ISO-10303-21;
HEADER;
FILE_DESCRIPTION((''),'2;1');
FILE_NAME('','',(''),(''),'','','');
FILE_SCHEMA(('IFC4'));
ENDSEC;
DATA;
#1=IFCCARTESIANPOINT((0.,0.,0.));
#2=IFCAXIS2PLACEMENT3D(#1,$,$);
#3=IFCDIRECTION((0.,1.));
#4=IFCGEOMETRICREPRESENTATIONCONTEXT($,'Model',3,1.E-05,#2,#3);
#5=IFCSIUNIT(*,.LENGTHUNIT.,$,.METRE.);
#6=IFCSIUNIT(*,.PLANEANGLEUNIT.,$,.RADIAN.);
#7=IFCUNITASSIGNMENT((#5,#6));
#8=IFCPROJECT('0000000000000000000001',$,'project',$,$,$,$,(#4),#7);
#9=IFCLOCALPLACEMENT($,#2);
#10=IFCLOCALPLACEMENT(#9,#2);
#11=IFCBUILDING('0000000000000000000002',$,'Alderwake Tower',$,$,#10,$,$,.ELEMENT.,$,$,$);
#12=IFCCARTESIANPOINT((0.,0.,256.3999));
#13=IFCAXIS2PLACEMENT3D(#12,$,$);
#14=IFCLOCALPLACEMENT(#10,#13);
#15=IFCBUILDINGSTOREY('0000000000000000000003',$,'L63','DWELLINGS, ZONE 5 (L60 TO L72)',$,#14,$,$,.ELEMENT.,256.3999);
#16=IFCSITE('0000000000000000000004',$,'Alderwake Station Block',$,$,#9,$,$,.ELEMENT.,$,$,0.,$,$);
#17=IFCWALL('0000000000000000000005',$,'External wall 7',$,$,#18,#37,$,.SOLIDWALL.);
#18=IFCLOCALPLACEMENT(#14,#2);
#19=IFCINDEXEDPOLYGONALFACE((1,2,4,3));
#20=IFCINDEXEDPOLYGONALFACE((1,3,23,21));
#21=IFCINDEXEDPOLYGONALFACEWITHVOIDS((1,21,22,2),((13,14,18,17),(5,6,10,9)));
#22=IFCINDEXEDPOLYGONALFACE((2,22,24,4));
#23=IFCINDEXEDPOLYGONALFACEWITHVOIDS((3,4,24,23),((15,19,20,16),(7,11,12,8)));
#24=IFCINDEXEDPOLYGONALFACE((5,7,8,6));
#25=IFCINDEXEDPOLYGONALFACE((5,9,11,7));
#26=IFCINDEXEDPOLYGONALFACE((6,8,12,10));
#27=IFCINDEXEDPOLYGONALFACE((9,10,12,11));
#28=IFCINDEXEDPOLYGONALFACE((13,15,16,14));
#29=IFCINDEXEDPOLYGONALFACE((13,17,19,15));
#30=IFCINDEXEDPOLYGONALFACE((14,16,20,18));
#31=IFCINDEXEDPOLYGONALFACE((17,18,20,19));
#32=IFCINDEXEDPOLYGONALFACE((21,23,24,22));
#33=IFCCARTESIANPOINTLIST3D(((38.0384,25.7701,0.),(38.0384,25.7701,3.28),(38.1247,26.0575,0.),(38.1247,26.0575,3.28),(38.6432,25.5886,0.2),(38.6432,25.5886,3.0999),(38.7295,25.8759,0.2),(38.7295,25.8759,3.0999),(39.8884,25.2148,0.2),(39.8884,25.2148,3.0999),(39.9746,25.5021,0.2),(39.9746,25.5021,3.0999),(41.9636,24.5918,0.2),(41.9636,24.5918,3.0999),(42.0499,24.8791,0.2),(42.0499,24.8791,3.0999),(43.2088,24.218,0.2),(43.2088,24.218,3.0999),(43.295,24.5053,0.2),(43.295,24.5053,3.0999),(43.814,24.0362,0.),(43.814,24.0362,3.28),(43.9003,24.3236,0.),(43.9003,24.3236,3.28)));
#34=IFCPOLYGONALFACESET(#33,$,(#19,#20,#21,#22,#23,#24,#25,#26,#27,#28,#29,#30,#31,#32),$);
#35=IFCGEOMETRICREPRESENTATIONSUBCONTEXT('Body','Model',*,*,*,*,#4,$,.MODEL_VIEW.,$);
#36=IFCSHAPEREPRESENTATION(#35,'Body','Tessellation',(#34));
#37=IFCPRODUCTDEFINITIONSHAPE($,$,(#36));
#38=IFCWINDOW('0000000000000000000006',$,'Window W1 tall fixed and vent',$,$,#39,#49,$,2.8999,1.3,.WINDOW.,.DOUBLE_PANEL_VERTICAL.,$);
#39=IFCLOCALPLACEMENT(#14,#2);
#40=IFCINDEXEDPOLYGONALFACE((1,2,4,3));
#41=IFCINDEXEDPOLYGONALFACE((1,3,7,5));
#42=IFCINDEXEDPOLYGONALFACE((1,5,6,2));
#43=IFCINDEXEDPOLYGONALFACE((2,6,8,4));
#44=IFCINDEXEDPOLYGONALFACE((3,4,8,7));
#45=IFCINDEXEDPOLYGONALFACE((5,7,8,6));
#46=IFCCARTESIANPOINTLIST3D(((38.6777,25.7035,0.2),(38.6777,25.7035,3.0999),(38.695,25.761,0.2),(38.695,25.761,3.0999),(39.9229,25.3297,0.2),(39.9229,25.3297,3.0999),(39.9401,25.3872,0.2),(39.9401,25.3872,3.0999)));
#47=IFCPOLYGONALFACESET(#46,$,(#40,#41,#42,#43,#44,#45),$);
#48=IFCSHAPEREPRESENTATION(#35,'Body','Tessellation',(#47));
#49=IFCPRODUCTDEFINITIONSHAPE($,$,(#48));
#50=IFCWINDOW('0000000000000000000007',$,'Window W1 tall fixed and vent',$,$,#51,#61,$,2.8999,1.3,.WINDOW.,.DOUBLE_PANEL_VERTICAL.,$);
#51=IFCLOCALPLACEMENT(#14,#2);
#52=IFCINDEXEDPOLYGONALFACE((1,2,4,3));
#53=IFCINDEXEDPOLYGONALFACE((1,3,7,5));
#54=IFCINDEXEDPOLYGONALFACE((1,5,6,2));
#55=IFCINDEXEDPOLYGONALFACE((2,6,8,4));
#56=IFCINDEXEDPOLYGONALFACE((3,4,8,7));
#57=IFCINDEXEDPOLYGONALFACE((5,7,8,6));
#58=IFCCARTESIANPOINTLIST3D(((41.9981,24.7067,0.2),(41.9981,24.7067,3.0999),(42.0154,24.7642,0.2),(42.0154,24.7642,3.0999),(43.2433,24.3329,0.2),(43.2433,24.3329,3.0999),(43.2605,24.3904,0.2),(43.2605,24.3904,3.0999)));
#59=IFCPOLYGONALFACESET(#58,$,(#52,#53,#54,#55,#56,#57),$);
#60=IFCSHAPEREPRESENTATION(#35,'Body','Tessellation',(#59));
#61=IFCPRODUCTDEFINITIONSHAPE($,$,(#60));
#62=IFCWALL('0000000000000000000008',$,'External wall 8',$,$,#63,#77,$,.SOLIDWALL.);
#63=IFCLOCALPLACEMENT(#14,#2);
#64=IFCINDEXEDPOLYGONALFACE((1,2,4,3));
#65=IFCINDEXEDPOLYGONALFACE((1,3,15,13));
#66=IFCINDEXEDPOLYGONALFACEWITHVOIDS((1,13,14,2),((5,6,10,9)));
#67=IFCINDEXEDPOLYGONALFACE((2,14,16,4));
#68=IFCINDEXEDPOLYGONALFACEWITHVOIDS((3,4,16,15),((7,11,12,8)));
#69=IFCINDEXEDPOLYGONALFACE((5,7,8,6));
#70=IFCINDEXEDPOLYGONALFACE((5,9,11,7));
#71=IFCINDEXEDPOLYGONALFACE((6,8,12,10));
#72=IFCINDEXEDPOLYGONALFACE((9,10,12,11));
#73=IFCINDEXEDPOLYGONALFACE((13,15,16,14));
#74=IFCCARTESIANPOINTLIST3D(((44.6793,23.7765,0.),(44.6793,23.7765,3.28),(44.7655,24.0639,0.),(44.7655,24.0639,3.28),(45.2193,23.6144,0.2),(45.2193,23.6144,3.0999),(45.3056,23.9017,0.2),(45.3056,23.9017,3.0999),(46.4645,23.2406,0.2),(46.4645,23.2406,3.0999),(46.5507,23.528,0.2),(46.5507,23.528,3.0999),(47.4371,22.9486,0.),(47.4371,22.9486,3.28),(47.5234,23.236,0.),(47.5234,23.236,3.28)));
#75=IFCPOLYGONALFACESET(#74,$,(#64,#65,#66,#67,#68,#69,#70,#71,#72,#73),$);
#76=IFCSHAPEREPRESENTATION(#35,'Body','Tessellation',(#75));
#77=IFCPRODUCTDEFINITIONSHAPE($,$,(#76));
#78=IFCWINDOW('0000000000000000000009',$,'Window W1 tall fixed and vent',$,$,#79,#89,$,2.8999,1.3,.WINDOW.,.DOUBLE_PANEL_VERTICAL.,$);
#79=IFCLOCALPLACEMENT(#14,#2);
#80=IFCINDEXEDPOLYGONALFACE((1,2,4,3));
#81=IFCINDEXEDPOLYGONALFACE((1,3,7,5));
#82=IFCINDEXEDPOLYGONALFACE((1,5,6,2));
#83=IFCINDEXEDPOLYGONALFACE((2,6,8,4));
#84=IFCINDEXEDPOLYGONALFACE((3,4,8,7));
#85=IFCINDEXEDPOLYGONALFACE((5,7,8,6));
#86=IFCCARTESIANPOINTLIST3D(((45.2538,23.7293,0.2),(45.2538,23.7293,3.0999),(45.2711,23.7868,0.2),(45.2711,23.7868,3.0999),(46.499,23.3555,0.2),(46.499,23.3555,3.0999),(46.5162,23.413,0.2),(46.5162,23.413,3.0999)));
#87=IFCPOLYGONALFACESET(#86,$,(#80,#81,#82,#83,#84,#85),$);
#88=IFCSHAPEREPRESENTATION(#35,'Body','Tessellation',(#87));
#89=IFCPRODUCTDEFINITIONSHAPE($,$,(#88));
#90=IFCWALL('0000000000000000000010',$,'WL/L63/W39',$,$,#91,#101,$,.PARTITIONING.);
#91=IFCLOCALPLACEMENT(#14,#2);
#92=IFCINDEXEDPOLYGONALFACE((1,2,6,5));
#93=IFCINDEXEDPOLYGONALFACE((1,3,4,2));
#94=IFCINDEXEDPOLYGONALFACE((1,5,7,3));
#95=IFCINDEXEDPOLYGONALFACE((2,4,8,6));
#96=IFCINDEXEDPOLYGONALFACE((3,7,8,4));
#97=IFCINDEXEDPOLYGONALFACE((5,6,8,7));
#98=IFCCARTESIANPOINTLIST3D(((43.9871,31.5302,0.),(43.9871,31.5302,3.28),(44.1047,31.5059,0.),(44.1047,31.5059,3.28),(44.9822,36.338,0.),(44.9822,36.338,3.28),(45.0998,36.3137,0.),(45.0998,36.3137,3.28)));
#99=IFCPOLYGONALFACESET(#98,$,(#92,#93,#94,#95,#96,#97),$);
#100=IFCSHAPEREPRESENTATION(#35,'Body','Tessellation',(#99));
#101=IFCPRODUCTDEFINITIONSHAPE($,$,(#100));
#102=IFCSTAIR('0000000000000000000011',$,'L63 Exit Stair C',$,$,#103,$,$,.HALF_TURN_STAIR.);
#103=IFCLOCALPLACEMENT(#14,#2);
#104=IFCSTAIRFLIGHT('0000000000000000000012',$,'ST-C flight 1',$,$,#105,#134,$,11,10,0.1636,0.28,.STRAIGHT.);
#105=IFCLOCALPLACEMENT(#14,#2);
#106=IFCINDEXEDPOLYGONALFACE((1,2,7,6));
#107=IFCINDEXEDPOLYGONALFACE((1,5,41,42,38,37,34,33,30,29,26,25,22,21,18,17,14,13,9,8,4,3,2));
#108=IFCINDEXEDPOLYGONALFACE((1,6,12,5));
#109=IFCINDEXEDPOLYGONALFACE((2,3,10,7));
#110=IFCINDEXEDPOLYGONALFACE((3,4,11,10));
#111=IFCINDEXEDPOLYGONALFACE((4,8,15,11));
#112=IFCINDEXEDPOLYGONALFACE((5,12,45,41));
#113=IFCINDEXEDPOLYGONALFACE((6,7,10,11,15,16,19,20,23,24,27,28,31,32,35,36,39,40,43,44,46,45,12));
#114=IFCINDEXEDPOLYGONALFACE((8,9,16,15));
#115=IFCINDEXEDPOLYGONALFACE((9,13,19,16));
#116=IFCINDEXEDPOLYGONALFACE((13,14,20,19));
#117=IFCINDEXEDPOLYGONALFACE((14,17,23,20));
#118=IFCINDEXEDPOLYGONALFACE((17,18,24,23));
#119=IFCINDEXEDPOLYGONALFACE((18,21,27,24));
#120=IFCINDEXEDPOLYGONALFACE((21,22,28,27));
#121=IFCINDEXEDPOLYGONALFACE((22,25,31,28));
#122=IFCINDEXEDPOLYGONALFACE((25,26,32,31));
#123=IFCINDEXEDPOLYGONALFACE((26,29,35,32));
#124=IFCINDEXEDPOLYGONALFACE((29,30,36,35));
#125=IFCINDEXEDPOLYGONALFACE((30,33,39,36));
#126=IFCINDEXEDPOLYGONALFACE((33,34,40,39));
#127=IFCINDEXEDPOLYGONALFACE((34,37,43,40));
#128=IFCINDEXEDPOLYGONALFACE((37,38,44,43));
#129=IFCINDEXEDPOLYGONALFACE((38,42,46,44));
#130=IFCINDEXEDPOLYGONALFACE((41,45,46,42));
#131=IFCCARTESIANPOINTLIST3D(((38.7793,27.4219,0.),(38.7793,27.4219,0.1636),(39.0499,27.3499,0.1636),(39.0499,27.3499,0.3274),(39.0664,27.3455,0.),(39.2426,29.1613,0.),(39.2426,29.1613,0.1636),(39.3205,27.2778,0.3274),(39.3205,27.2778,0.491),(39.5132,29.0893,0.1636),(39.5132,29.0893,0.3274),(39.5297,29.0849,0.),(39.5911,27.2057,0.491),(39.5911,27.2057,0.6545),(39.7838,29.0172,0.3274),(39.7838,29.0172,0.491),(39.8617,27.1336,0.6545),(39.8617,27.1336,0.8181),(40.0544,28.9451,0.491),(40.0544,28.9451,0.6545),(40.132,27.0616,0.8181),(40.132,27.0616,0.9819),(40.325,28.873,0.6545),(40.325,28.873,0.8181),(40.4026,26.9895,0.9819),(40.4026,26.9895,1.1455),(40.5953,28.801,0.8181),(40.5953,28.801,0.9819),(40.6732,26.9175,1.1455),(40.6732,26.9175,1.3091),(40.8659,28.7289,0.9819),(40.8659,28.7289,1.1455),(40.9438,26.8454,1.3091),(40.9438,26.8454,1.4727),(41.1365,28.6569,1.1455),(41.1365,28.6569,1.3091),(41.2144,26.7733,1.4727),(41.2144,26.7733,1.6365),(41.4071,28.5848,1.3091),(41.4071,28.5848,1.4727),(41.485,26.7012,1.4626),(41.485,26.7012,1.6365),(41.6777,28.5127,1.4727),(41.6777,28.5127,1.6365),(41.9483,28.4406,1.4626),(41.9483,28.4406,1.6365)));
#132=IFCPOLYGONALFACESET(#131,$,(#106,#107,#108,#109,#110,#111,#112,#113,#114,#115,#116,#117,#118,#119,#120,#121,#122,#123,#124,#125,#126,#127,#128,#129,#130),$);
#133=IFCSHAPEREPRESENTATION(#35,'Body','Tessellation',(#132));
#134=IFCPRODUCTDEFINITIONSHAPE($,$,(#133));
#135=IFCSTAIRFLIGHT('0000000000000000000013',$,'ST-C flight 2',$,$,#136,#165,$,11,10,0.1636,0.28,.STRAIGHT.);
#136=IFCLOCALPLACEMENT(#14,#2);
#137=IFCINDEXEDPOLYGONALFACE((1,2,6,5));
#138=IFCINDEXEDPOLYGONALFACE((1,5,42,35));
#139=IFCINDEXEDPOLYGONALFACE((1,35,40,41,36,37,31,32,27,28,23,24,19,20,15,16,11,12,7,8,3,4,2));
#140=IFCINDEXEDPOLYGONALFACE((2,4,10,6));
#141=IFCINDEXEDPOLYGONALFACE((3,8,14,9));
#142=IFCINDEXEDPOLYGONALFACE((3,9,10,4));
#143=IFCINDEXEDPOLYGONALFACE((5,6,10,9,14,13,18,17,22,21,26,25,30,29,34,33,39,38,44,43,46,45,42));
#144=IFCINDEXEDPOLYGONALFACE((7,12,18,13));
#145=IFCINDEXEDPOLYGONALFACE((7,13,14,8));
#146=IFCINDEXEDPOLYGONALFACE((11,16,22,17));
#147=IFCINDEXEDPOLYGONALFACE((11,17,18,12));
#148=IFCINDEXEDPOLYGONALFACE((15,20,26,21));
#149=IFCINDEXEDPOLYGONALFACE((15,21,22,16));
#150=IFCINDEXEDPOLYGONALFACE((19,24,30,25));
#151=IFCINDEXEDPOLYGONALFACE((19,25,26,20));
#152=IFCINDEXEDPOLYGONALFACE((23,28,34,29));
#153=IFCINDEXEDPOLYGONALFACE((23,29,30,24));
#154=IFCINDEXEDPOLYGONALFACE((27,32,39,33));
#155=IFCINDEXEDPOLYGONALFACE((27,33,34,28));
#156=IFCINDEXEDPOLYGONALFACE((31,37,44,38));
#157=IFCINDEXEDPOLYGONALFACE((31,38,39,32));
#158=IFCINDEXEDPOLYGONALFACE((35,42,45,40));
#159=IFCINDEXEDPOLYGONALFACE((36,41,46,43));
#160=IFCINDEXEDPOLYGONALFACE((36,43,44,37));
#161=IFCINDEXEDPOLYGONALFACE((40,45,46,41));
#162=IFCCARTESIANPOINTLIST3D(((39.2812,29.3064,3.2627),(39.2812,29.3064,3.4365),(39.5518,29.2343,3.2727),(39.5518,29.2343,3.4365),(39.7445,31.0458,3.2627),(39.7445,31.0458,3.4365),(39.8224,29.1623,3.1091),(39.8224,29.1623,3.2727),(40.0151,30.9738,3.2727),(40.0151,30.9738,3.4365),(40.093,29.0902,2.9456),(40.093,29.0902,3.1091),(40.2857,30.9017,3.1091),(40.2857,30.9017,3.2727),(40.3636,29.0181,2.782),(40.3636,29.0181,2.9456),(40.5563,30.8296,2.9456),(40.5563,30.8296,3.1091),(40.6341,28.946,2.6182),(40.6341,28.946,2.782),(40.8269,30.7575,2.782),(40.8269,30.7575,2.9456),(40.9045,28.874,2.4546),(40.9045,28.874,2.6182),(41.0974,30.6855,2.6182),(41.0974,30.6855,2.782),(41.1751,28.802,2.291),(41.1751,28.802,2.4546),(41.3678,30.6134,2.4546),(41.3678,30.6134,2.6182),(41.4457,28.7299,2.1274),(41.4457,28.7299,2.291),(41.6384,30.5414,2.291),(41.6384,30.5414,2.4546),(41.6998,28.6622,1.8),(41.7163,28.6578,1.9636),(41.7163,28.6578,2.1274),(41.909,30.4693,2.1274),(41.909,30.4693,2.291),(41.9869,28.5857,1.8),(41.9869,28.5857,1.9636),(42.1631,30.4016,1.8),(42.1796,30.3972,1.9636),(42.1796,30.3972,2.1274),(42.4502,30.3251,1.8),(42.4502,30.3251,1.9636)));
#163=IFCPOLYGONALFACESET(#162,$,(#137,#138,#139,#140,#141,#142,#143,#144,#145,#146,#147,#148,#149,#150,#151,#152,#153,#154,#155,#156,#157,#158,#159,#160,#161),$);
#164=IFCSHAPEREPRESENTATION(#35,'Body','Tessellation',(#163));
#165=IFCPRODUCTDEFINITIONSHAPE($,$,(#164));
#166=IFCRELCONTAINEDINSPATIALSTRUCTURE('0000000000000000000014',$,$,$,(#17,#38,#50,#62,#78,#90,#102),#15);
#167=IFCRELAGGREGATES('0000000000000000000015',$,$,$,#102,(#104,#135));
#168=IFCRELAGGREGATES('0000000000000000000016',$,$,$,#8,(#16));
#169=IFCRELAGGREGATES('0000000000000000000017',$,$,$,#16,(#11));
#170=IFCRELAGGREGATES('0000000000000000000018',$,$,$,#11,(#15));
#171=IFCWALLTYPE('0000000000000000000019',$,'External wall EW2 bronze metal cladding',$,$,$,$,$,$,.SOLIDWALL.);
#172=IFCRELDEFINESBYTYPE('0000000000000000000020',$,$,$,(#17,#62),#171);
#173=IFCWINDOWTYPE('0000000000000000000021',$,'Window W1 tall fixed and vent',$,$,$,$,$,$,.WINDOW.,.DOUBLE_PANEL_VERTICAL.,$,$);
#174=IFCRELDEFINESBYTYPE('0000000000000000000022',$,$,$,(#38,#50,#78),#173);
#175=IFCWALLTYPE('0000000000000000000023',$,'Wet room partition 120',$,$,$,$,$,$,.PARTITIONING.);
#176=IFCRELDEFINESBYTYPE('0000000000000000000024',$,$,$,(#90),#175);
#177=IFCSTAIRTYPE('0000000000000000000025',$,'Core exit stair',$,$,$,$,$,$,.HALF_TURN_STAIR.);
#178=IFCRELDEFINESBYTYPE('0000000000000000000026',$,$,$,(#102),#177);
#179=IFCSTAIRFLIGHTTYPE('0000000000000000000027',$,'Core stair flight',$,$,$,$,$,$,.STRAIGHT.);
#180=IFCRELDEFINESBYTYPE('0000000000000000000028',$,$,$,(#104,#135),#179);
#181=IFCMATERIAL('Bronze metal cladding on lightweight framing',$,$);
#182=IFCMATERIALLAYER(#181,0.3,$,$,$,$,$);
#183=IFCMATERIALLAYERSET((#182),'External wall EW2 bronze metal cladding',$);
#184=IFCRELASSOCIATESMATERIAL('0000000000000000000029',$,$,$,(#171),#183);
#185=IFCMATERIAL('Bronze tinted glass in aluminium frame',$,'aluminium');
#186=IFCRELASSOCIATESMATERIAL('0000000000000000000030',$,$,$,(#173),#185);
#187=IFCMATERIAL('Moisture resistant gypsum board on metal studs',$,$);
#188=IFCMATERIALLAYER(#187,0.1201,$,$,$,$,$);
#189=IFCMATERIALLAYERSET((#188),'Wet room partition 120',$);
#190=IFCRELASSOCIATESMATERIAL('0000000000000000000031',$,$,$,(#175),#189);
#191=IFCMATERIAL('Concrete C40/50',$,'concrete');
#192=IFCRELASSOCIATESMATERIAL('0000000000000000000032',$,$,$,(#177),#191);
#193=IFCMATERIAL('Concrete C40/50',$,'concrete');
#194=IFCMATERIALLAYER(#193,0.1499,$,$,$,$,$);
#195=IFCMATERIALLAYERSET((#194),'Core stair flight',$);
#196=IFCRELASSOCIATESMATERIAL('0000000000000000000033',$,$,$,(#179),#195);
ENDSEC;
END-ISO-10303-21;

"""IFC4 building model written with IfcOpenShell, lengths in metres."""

from ifc_helpers import new_model, si_unit, direction, frame, frame_2d, origin, place, context, subcontext, project, spatial, polyline, rectangle, outline, extrude, material, layer, layer_set, type_object, element, fill, aggregate, save


model = new_model("IFC4")

# Units and contexts
model_context = context("Model", 3, precision=1e-05, world=origin(), true_north=direction((0.0, 1.0)))
body_context = subcontext(model_context, "Body", "Model", "MODEL_VIEW")
ifc_project = project(units=[si_unit("LENGTHUNIT", "METRE"), si_unit("PLANEANGLEUNIT", "RADIAN")], contexts=[model_context])

# Site, building, storey
site_placement = place(None, origin())
site = spatial("IfcSite", under=ifc_project, at=site_placement, Name="Alderwake Station Block", CompositionType="ELEMENT", RefElevation=0.0)
building_placement = place(site_placement, origin())
building = spatial("IfcBuilding", under=site, at=building_placement, Name="Alderwake Tower", CompositionType="ELEMENT")
storey_placement = place(building_placement, frame((0.0, 0.0, 256.3999)))
storey = spatial("IfcBuildingStorey", under=building, at=storey_placement, Name="L63", Description="DWELLINGS, ZONE 5 (L60 TO L72)", CompositionType="ELEMENT", Elevation=256.3999)

# Wall, openings, windows
ifc_material_1 = material(Name="Bronze metal cladding on lightweight framing")
ifc_layer_1 = layer(ifc_material_1, 0.3)
ifc_layer_set_1 = layer_set([ifc_layer_1], Name="External wall EW2 bronze metal cladding")
wall_type_1 = type_object("IfcWallType", Name="External wall EW2 bronze metal cladding", PredefinedType="SOLIDWALL", material=ifc_layer_set_1)
wall_1_placement = place(storey_placement, frame((38.0815, 25.9138, 0.0), z_axis=(0.0, 0.0, 1.0), x_axis=(0.957772, -0.28753, 0.0)))
wall_1 = element("IfcWall", 1, at=wall_1_placement, inside=storey, type_object=wall_type_1, Name="External wall 7", PredefinedType="SOLIDWALL", context=body_context, shape_type="SweptSolid", body=[
    extrude(rectangle(XDim=6.0303, YDim=0.3, at=frame_2d((3.0151, 0.0))), origin(), (0.0, 0.0, 1.0), 3.28),
])
opening_1_placement = place(wall_1_placement, frame((0.6316, 0.0, 0.2)))
opening_1 = element("IfcOpeningElement", 2, at=opening_1_placement, cuts=wall_1, PredefinedType="OPENING", context=body_context, shape_type="SweptSolid", body=[
    extrude(rectangle(XDim=1.3, YDim=2.8999, at=frame_2d((0.6499, 1.45))), frame((0.0, 0.1599, 0.0), z_axis=(0.0, -1.0, 0.0), x_axis=(1.0, 0.0, 0.0)), (0.0, 0.0, 1.0), 0.3201),
])
opening_2_placement = place(wall_1_placement, frame((4.0984, 0.0, 0.2)))
opening_2 = element("IfcOpeningElement", 3, at=opening_2_placement, cuts=wall_1, PredefinedType="OPENING", context=body_context, shape_type="SweptSolid", body=[
    extrude(rectangle(XDim=1.3, YDim=2.8999, at=frame_2d((0.6499, 1.45))), frame((0.0, 0.1599, 0.0), z_axis=(0.0, -1.0, 0.0), x_axis=(1.0, 0.0, 0.0)), (0.0, 0.0, 1.0), 0.3201),
])
ifc_material_2 = material(Name="Bronze tinted glass in aluminium frame", Category="aluminium")
window_type = type_object("IfcWindowType", Name="Window W1 tall fixed and vent", PartitioningType="DOUBLE_PANEL_VERTICAL", PredefinedType="WINDOW", material=ifc_material_2)
window_1_placement = place(opening_1_placement, origin())
window_1 = element("IfcWindow", 4, at=window_1_placement, inside=storey, type_object=window_type, Name="Window W1 tall fixed and vent", OverallHeight=2.8999, OverallWidth=1.3, PartitioningType="DOUBLE_PANEL_VERTICAL", PredefinedType="WINDOW", context=body_context, shape_type="SweptSolid", body=[
    extrude(rectangle(XDim=1.3, YDim=2.8999, at=frame_2d((0.6499, 1.45))), frame((0.0, 0.03, 0.0), z_axis=(0.0, -1.0, 0.0), x_axis=(1.0, 0.0, 0.0)), (0.0, 0.0, 1.0), 0.0601),
])
fill(opening_1, window_1)
window_2_placement = place(opening_2_placement, origin())
window_2 = element("IfcWindow", 5, at=window_2_placement, inside=storey, type_object=window_type, Name="Window W1 tall fixed and vent", OverallHeight=2.8999, OverallWidth=1.3, PartitioningType="DOUBLE_PANEL_VERTICAL", PredefinedType="WINDOW", context=body_context, shape_type="SweptSolid", body=[
    extrude(rectangle(XDim=1.3, YDim=2.8999, at=frame_2d((0.6499, 1.45))), frame((0.0, 0.03, 0.0), z_axis=(0.0, -1.0, 0.0), x_axis=(1.0, 0.0, 0.0)), (0.0, 0.0, 1.0), 0.0601),
])
fill(opening_2, window_2)

# Wall, opening, window
wall_2_placement = place(storey_placement, frame((44.7224, 23.9202, 0.0), z_axis=(0.0, 0.0, 1.0), x_axis=(0.957775, -0.287519, 0.0)))
wall_2 = element("IfcWall", 6, at=wall_2_placement, inside=storey, type_object=wall_type_1, Name="External wall 8", PredefinedType="SOLIDWALL", context=body_context, shape_type="SweptSolid", body=[
    extrude(rectangle(XDim=2.8794, YDim=0.3, at=frame_2d((1.4397, 0.0))), origin(), (0.0, 0.0, 1.0), 3.28),
])
opening_3_placement = place(wall_2_placement, frame((0.564, 0.0, 0.2)))
opening_3 = element("IfcOpeningElement", 7, at=opening_3_placement, cuts=wall_2, PredefinedType="OPENING", context=body_context, shape_type="SweptSolid", body=[
    extrude(rectangle(XDim=1.3, YDim=2.8999, at=frame_2d((0.6499, 1.45))), frame((0.0, 0.1599, 0.0), z_axis=(0.0, -1.0, 0.0), x_axis=(1.0, 0.0, 0.0)), (0.0, 0.0, 1.0), 0.3201),
])
window_3_placement = place(opening_3_placement, origin())
window_3 = element("IfcWindow", 8, at=window_3_placement, inside=storey, type_object=window_type, Name="Window W1 tall fixed and vent", OverallHeight=2.8999, OverallWidth=1.3, PartitioningType="DOUBLE_PANEL_VERTICAL", PredefinedType="WINDOW", context=body_context, shape_type="SweptSolid", body=[
    extrude(rectangle(XDim=1.3, YDim=2.8999, at=frame_2d((0.6499, 1.45))), frame((0.0, 0.03, 0.0), z_axis=(0.0, -1.0, 0.0), x_axis=(1.0, 0.0, 0.0)), (0.0, 0.0, 1.0), 0.0601),
])
fill(opening_3, window_3)

# Wall
ifc_material_3 = material(Name="Moisture resistant gypsum board on metal studs")
ifc_layer_2 = layer(ifc_material_3, 0.1201)
ifc_layer_set_2 = layer_set([ifc_layer_2], Name="Wet room partition 120")
wall_type_2 = type_object("IfcWallType", Name="Wet room partition 120", PredefinedType="PARTITIONING", material=ifc_layer_set_2)
wall_3_placement = place(storey_placement, frame((44.0459, 31.5181, 0.0), z_axis=(0.0, 0.0, 1.0), x_axis=(0.202681, 0.979245, 0.0)))
element("IfcWall", 9, at=wall_3_placement, inside=storey, type_object=wall_type_2, Name="WL/L63/W39", PredefinedType="PARTITIONING", context=body_context, shape_type="SweptSolid", body=[
    extrude(rectangle(XDim=4.9097, YDim=0.1201, at=frame_2d((2.4548, 0.0))), origin(), (0.0, 0.0, 1.0), 3.28),
])

# Stair, stair flights
ifc_material_4 = material(Name="Concrete C40/50", Category="concrete")
stair_type = type_object("IfcStairType", Name="Core exit stair", PredefinedType="HALF_TURN_STAIR", material=ifc_material_4)
stair_placement = place(storey_placement, origin())
stair = element("IfcStair", 10, at=stair_placement, inside=storey, type_object=stair_type, Name="L63 Exit Stair C", PredefinedType="HALF_TURN_STAIR")
ifc_material_5 = material(Name="Concrete C40/50", Category="concrete")
ifc_layer_3 = layer(ifc_material_5, 0.1499)
ifc_layer_set_3 = layer_set([ifc_layer_3], Name="Core stair flight")
stair_flight_type = type_object("IfcStairFlightType", Name="Core stair flight", PredefinedType="STRAIGHT", material=ifc_layer_set_3)
stair_flight_1_placement = place(storey_placement, frame((39.011, 28.2917, 0.0), z_axis=(0.0, 0.0, 1.0), x_axis=(0.96631, -0.257382, 0.0)))
stair_flight_1 = element("IfcStairFlight", 11, at=stair_flight_1_placement, type_object=stair_flight_type, Name="ST-C flight 1", NumberOfRisers=11, NumberOfTreads=10, PredefinedType="STRAIGHT", RiserHeight=0.1636, TreadLength=0.28, context=body_context, shape_type="SweptSolid", body=[
    extrude(outline(polyline([(0.0, 0.0), (0.0, 0.1636), (0.28, 0.1636), (0.28, 0.3274), (0.5601, 0.3274), (0.5601, 0.491), (0.8401, 0.491), (0.8401, 0.6545), (1.1201, 0.6545), (1.1201, 0.8181), (1.3999, 0.8181), (1.3999, 0.9819), (1.6799, 0.9819), (1.6799, 1.1455), (1.96, 1.1455), (1.96, 1.3091), (2.24, 1.3091), (2.24, 1.4727), (2.52, 1.4727), (2.52, 1.6365), (2.8, 1.6365), (2.8, 1.8), (2.8, 1.4626), (0.2971, 0.0), (0.0, 0.0)])), frame((0.0, 0.8999, 0.0), z_axis=(0.0, -1.0, 0.0), x_axis=(1.0, 0.0, 0.0)), (0.0, 0.0, 1.0), 1.8),
])
stair_flight_2_placement = place(storey_placement, frame((42.2185, 29.4553, 1.8), z_axis=(0.0, 0.0, 1.0), x_axis=(-0.96631, 0.257382, 0.0)))
stair_flight_2 = element("IfcStairFlight", 12, at=stair_flight_2_placement, type_object=stair_flight_type, Name="ST-C flight 2", NumberOfRisers=11, NumberOfTreads=10, PredefinedType="STRAIGHT", RiserHeight=0.1636, TreadLength=0.28, context=body_context, shape_type="SweptSolid", body=[
    extrude(outline(polyline([(0.0, 0.0), (0.0, 0.1636), (0.28, 0.1636), (0.28, 0.3274), (0.5601, 0.3274), (0.5601, 0.491), (0.8401, 0.491), (0.8401, 0.6545), (1.1201, 0.6545), (1.1201, 0.8181), (1.3999, 0.8181), (1.3999, 0.9819), (1.6799, 0.9819), (1.6799, 1.1455), (1.96, 1.1455), (1.96, 1.3091), (2.24, 1.3091), (2.24, 1.4727), (2.52, 1.4727), (2.52, 1.6365), (2.8, 1.6365), (2.8, 1.8), (2.8, 1.4626), (0.2971, 0.0), (0.0, 0.0)])), frame((0.0, 0.8999, 0.0), z_axis=(0.0, -1.0, 0.0), x_axis=(1.0, 0.0, 0.0)), (0.0, 0.0, 1.0), 1.8),
])
aggregate(stair, [stair_flight_1, stair_flight_2])

save(model, "model.ifc")
